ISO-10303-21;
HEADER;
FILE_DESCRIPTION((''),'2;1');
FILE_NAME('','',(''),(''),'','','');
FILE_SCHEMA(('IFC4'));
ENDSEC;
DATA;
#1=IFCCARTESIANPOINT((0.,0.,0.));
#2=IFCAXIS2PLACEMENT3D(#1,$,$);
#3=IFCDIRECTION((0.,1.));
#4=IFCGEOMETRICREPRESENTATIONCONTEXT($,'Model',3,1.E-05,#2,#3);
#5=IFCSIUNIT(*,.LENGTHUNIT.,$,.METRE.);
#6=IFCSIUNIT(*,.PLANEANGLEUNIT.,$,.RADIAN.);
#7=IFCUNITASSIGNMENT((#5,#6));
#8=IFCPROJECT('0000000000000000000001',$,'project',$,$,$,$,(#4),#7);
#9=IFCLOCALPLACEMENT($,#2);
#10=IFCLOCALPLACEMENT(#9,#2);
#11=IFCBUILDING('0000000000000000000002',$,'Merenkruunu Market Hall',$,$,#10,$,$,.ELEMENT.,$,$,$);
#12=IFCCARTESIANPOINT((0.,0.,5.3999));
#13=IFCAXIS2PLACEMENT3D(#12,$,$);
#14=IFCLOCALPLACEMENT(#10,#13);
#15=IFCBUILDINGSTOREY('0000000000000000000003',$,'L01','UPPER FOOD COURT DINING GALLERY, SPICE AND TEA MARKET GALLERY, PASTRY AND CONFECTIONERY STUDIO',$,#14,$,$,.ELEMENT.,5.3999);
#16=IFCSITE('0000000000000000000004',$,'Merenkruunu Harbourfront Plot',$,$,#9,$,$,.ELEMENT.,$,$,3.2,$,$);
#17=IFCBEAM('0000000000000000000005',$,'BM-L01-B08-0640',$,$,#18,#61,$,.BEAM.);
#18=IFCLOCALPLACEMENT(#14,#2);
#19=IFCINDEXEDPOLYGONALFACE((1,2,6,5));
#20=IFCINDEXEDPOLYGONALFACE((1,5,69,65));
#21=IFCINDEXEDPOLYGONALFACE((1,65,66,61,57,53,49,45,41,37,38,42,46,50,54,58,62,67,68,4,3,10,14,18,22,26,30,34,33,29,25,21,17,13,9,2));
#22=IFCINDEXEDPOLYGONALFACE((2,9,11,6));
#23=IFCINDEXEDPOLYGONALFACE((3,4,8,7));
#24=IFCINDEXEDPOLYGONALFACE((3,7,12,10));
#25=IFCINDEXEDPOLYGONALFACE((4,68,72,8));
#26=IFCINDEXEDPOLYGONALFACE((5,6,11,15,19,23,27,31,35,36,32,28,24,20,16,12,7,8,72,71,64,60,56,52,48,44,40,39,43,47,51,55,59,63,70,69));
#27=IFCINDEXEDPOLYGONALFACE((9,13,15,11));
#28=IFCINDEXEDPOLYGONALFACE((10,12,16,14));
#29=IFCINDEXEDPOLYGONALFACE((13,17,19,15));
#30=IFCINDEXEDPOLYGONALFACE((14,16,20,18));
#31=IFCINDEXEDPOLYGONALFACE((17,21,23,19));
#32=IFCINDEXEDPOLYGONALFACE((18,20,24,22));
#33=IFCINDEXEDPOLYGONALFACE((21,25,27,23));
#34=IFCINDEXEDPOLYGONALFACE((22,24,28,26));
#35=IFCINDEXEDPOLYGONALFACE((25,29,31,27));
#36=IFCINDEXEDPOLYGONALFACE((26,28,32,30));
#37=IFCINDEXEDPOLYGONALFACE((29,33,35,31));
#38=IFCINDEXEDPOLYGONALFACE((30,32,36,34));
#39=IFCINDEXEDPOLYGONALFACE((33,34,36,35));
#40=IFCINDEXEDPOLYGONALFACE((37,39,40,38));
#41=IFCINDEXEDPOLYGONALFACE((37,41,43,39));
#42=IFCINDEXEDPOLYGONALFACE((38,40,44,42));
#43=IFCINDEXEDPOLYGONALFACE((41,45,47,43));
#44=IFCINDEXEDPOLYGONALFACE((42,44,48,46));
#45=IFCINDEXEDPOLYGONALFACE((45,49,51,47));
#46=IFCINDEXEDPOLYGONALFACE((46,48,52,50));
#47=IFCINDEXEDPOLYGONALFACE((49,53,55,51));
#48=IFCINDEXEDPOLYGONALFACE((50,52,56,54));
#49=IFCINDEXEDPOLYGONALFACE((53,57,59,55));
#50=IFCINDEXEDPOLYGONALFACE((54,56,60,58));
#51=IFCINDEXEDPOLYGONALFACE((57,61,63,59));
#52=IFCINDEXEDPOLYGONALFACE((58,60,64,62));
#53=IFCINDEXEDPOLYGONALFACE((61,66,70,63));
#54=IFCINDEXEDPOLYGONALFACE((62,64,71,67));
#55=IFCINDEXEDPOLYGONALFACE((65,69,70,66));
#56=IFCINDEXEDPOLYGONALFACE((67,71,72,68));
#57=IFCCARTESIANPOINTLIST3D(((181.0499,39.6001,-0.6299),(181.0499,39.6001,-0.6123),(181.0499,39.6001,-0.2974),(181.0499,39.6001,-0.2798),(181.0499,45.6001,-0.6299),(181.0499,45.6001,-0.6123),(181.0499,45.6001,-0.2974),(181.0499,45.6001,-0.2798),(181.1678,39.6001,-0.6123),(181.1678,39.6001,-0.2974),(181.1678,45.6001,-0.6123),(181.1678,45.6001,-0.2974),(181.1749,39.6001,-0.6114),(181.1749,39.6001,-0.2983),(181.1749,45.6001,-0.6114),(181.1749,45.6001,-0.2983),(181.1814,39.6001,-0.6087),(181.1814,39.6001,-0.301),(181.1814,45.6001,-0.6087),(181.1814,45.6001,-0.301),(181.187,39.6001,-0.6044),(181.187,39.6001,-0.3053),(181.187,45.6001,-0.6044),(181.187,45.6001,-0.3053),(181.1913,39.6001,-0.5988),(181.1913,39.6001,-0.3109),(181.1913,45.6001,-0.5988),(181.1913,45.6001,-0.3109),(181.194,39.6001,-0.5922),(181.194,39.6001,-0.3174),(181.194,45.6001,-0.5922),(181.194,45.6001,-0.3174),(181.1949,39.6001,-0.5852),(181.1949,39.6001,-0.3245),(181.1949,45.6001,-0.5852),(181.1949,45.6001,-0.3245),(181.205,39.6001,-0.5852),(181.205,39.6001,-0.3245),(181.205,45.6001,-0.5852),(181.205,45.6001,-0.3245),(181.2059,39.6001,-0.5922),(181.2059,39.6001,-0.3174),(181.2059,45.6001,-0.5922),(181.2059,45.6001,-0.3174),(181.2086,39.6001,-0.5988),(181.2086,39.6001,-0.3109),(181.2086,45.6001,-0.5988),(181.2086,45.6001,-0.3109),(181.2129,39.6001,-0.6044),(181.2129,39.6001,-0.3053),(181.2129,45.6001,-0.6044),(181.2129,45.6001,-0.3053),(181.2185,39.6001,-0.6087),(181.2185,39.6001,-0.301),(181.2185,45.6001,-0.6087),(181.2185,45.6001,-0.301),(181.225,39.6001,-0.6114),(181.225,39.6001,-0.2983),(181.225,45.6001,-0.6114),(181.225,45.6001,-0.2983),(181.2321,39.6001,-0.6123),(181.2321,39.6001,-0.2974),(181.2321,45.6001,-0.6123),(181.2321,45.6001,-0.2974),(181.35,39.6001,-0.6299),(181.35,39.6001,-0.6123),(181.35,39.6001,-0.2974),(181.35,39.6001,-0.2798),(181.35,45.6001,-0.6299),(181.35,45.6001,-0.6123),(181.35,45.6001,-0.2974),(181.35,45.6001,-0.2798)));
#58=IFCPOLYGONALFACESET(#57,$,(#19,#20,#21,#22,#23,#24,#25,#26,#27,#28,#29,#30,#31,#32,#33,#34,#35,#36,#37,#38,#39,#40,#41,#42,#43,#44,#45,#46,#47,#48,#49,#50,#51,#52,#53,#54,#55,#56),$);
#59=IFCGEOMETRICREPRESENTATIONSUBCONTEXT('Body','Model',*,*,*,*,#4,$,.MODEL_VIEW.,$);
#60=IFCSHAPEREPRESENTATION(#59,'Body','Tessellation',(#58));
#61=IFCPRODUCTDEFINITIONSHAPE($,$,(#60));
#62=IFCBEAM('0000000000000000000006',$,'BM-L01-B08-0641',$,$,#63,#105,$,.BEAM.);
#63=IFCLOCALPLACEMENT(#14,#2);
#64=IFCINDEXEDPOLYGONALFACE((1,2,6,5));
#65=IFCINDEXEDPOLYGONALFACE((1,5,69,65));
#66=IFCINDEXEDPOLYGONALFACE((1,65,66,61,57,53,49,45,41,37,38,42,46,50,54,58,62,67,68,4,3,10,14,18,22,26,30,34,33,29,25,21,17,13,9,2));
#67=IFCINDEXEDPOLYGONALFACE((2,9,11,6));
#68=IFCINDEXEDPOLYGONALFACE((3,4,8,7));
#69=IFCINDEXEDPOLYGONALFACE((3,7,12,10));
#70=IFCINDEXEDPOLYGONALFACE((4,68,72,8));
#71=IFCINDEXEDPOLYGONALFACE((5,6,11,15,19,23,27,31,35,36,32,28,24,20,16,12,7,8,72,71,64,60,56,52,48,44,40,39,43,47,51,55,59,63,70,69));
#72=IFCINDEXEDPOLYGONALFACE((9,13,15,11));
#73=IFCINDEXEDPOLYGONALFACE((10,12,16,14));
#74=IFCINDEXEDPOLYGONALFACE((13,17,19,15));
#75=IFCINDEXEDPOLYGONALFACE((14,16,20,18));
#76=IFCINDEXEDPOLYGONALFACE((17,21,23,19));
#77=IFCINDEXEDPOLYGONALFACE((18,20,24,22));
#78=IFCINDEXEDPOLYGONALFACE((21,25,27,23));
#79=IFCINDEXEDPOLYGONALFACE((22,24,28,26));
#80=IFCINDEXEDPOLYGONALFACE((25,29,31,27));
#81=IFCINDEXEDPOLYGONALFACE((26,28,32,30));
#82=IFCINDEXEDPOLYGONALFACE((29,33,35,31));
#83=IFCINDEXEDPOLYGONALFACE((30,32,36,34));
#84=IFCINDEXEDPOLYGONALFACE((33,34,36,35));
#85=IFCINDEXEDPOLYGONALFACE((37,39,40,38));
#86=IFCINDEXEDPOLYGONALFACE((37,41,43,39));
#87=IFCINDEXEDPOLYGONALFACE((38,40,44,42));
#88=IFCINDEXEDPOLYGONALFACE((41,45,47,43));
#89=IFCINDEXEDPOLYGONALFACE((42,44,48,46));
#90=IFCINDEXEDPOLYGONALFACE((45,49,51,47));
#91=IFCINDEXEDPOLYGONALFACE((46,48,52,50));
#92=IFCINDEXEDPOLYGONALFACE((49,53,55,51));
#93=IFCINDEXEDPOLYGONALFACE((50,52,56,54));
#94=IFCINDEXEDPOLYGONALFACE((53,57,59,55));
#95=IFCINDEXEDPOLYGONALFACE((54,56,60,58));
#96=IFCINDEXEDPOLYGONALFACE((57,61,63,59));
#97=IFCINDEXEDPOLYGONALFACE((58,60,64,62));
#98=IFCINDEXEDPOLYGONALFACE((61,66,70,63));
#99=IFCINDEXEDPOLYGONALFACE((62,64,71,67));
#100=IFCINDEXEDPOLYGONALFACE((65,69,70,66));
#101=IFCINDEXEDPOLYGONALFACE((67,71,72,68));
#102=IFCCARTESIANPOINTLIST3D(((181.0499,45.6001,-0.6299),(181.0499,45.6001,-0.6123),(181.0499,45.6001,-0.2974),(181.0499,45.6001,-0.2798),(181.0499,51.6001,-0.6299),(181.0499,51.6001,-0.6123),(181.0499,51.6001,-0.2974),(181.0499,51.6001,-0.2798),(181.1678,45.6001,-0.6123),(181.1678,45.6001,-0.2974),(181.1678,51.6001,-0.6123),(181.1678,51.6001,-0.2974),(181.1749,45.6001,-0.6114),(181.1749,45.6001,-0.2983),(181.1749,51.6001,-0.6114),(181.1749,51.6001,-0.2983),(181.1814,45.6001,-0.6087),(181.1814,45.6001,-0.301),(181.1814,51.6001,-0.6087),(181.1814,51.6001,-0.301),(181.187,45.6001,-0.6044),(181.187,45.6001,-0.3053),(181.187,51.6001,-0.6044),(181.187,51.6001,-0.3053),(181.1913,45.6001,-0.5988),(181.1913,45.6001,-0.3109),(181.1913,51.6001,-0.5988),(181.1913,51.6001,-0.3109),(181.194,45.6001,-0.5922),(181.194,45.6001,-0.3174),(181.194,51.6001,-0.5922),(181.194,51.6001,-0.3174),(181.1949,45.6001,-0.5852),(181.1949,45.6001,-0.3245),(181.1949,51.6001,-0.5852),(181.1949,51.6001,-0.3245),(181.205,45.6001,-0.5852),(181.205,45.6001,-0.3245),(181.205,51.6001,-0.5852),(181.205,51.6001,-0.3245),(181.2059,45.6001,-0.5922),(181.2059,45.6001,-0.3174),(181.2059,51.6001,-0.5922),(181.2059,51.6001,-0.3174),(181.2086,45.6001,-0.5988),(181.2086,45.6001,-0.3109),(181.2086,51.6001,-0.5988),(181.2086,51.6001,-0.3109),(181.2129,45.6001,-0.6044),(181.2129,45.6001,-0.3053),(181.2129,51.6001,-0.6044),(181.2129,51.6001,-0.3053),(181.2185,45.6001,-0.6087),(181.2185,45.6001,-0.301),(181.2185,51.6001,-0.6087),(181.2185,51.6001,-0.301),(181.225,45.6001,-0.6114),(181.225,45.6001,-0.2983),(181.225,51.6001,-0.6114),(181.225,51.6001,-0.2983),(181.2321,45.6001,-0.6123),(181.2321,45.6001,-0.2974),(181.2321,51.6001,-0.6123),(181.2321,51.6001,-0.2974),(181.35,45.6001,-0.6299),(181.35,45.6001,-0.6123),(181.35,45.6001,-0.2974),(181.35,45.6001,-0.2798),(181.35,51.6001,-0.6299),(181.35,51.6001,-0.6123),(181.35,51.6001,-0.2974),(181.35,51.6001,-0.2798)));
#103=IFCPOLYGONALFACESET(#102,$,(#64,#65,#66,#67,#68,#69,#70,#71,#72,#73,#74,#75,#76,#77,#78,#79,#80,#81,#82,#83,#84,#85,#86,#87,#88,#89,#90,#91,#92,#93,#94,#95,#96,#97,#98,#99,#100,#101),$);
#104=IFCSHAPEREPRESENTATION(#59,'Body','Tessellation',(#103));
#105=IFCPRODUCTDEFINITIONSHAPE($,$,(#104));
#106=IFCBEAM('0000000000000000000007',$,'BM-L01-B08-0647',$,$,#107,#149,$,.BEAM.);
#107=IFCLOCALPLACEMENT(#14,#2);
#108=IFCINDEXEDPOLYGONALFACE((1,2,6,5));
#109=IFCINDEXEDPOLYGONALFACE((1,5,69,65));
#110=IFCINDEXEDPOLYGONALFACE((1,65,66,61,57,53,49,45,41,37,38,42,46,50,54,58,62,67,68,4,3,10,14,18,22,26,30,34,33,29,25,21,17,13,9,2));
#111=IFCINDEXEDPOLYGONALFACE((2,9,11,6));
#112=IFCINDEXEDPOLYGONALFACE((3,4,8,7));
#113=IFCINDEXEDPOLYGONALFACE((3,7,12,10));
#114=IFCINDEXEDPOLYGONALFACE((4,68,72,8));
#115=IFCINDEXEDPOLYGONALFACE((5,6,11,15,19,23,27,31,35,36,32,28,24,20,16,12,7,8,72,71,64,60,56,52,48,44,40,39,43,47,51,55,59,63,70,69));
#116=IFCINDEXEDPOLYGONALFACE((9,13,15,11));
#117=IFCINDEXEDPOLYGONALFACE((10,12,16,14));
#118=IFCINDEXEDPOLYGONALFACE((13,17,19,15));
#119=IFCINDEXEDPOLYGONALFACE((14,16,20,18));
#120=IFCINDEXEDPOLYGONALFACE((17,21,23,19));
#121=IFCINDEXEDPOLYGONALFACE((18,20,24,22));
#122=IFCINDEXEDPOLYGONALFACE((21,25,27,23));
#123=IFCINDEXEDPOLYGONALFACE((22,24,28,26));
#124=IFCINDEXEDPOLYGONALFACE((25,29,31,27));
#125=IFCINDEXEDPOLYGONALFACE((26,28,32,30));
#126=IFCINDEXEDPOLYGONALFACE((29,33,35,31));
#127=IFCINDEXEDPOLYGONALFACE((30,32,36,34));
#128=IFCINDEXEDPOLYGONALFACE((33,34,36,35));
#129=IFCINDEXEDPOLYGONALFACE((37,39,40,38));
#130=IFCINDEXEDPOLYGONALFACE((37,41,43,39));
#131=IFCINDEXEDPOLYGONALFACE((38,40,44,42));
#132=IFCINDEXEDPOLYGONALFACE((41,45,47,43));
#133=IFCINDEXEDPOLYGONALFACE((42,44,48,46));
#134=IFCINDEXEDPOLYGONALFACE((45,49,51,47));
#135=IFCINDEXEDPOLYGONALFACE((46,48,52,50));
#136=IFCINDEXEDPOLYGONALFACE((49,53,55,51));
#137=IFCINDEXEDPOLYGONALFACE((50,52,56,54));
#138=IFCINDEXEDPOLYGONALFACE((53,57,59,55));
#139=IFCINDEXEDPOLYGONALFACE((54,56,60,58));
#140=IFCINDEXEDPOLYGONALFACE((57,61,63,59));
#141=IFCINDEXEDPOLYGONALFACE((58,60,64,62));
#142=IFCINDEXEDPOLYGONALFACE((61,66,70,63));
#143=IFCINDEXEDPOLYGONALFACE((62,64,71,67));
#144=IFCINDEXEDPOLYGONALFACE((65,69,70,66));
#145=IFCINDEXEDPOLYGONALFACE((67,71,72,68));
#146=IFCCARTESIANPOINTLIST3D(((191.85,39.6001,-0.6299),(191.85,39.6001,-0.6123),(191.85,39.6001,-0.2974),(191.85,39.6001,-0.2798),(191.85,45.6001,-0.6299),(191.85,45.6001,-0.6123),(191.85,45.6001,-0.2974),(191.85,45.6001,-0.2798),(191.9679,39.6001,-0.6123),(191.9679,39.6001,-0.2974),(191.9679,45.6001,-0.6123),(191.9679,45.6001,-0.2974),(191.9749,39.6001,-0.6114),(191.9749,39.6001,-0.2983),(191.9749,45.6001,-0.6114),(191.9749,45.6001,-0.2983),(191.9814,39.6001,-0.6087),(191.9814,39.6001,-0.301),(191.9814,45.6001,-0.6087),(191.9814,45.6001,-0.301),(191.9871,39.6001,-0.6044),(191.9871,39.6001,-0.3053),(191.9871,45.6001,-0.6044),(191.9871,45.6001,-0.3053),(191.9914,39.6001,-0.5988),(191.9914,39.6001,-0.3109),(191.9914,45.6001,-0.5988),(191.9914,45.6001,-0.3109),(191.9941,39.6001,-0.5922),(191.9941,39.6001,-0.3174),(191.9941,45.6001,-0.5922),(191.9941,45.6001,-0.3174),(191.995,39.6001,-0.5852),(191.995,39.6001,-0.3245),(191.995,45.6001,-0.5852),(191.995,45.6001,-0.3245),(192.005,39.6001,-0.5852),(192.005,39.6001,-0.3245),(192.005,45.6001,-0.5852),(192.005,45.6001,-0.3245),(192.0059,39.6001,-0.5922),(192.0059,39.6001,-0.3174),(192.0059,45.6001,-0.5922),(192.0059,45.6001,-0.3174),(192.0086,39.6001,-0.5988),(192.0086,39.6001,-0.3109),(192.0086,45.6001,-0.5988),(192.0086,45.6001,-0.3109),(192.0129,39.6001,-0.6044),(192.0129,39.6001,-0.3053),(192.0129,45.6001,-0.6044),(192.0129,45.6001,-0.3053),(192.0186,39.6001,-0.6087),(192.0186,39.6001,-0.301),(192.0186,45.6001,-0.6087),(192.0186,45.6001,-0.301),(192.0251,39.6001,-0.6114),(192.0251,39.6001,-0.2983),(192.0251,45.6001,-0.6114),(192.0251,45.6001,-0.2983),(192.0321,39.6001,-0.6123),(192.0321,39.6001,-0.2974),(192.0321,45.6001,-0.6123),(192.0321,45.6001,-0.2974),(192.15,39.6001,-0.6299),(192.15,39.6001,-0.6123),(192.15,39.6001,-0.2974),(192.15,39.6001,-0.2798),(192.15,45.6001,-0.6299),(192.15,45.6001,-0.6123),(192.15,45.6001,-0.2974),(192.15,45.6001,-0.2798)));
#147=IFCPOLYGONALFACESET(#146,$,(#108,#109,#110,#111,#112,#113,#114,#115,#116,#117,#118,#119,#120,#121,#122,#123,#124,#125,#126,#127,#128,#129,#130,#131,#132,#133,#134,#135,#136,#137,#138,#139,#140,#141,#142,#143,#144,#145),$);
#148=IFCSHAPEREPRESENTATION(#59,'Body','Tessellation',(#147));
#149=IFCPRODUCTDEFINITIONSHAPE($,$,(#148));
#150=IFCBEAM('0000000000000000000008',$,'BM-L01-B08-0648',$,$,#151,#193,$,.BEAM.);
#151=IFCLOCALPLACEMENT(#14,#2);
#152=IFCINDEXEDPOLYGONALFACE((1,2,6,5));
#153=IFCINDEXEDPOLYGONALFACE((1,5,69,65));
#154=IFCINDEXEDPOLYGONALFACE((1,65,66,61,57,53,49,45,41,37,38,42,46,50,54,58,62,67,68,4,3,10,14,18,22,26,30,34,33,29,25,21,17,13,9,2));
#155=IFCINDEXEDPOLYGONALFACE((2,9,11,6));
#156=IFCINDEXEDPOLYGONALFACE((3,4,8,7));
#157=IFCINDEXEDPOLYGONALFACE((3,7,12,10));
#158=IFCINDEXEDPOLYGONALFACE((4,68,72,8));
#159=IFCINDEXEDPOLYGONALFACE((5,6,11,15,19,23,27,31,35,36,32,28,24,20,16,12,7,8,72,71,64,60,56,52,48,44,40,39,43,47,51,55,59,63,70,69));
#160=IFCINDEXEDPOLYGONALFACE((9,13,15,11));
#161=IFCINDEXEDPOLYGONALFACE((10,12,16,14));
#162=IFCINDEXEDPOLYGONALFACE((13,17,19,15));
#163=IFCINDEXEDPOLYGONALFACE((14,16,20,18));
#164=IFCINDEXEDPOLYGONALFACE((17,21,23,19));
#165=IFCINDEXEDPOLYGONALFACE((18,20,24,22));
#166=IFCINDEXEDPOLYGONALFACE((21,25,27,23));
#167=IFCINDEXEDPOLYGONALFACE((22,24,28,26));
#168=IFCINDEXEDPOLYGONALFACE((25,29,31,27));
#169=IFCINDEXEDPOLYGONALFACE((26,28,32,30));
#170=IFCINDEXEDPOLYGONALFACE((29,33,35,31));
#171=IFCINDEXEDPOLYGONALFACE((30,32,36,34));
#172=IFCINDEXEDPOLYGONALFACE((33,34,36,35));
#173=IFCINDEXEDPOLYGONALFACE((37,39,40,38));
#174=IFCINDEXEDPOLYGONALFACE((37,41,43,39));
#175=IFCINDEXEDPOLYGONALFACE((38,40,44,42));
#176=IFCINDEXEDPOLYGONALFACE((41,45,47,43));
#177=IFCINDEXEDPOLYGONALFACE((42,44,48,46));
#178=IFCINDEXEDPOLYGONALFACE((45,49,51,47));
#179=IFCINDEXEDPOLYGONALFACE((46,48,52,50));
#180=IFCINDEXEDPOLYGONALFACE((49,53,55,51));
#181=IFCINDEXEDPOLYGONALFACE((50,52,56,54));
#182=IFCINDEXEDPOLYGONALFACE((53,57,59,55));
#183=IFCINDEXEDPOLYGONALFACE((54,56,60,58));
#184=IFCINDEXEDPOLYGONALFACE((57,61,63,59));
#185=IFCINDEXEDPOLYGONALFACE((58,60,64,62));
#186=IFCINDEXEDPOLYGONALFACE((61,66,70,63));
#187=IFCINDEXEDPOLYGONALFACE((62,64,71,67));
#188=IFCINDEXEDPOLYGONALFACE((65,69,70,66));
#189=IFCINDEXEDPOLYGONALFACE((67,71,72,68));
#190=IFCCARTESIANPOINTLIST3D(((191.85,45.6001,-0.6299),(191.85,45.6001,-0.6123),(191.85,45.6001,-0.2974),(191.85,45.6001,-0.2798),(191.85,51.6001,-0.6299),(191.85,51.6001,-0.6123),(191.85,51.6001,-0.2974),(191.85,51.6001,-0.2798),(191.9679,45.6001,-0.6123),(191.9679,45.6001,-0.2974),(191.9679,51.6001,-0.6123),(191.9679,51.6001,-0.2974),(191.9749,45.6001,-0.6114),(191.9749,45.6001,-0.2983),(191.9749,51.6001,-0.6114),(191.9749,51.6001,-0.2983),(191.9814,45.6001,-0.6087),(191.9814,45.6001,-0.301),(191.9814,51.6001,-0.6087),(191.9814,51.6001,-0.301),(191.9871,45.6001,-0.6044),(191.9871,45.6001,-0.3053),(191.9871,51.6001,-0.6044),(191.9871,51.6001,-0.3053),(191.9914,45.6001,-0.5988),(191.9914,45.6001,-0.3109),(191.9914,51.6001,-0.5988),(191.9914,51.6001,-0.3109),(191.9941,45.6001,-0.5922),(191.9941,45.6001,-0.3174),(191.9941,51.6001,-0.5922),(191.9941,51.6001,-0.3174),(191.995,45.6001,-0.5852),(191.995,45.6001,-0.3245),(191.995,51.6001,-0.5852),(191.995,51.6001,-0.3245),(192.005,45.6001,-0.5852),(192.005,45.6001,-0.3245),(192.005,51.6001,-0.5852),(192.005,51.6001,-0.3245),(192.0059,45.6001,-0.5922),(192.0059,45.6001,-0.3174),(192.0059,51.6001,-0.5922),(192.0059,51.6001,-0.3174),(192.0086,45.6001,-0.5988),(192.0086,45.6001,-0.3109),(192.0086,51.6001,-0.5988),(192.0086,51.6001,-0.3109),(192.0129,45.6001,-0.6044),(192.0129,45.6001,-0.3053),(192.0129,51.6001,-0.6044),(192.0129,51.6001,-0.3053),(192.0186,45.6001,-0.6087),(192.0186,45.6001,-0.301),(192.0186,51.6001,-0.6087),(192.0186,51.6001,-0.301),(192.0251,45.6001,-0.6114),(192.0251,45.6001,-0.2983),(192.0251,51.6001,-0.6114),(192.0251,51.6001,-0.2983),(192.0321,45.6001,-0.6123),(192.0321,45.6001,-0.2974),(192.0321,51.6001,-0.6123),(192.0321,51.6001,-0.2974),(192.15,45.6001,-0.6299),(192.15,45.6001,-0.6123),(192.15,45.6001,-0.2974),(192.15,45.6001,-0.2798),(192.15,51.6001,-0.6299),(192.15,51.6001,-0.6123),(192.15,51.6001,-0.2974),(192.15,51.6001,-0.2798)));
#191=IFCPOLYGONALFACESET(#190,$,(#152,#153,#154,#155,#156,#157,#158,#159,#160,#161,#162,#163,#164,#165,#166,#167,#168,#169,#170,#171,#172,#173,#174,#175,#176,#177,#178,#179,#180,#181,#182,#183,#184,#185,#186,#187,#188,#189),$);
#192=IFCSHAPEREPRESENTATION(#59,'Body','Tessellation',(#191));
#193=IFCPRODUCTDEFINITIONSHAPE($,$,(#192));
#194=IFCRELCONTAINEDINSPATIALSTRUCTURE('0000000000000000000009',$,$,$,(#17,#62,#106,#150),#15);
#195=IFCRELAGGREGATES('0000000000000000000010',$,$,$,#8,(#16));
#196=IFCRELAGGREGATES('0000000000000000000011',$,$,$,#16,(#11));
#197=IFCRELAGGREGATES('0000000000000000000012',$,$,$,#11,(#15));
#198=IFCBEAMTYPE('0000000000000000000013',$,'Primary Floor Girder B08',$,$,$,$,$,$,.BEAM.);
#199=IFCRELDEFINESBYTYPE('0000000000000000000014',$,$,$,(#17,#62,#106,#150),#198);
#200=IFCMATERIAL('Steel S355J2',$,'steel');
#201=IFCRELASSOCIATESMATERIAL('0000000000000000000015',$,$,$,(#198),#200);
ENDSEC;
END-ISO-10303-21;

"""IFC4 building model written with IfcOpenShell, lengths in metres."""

from ifc_helpers import new_model, si_unit, direction, frame, origin, origin_2d, place, context, subcontext, project, spatial, i_section, extrude, material, material_profile, profile_set, type_object, element, save


model = new_model("IFC4")

# Units and contexts
model_context = context("Model", 3, precision=1e-05, world=origin(), true_north=direction((0.0, 1.0)))
body_context = subcontext(model_context, "Body", "Model", "MODEL_VIEW")
ifc_project = project(units=[si_unit("LENGTHUNIT", "METRE"), si_unit("PLANEANGLEUNIT", "RADIAN")], contexts=[model_context])

# Site, building, storey
site_placement = place(None, origin())
site = spatial("IfcSite", under=ifc_project, at=site_placement, Name="Merenkruunu Harbourfront Plot", CompositionType="ELEMENT", RefElevation=3.2)
building_placement = place(site_placement, origin())
building = spatial("IfcBuilding", under=site, at=building_placement, Name="Merenkruunu Market Hall", CompositionType="ELEMENT")
storey_placement = place(building_placement, frame((0.0, 0.0, 5.3999)))
storey = spatial("IfcBuildingStorey", under=building, at=storey_placement, Name="L01", Description="UPPER FOOD COURT DINING GALLERY, SPICE AND TEA MARKET GALLERY, PASTRY AND CONFECTIONERY STUDIO", CompositionType="ELEMENT", Elevation=5.3999)

# Shared definitions
ifc_material_1 = material(Name="Steel S355J2", Category="steel")

# Beams
ifc_material_profile_1 = material_profile(ifc_material_1, i_section(OverallWidth=0.3, OverallDepth=0.3501, WebThickness=0.01, FlangeThickness=0.0176, FilletRadius=0.0271, at=origin_2d()), Name="HEA 360")
ifc_profile_set_1 = profile_set([ifc_material_profile_1], Name="Steel S355J2")
beam_type_1 = type_object("IfcBeamType", Name="Primary Floor Girder B08", PredefinedType="BEAM", material=ifc_profile_set_1)
for number, where, z_axis, x_axis, name in (
    (1, (181.2, 39.6001, -0.4548), (0.0, 1.0, 0.0), (-1.0, 0.0, 0.0), "BM-L01-B08-0640"),
    (2, (181.2, 45.6001, -0.4548), (0.0, 1.0, 0.0), (-1.0, 0.0, 0.0), "BM-L01-B08-0641"),
    (3, (192.0, 39.6001, -0.4548), (0.0, 1.0, 0.0), (-1.0, 0.0, 0.0), "BM-L01-B08-0647"),
    (4, (192.0, 45.6001, -0.4548), (0.0, 1.0, 0.0), (-1.0, 0.0, 0.0), "BM-L01-B08-0648"),
):
    element("IfcBeam", number, at=place(storey_placement, frame(where, z_axis=z_axis, x_axis=x_axis)), inside=storey, type_object=beam_type_1, Name=name, PredefinedType="BEAM", context=body_context, shape_type="SweptSolid", body=[
        extrude(i_section(OverallWidth=0.3, OverallDepth=0.3501, WebThickness=0.01, FlangeThickness=0.0176, FilletRadius=0.0271, at=origin_2d()), origin(), (0.0, 0.0, 1.0), 6.0),
    ])

save(model, "model.ifc")
